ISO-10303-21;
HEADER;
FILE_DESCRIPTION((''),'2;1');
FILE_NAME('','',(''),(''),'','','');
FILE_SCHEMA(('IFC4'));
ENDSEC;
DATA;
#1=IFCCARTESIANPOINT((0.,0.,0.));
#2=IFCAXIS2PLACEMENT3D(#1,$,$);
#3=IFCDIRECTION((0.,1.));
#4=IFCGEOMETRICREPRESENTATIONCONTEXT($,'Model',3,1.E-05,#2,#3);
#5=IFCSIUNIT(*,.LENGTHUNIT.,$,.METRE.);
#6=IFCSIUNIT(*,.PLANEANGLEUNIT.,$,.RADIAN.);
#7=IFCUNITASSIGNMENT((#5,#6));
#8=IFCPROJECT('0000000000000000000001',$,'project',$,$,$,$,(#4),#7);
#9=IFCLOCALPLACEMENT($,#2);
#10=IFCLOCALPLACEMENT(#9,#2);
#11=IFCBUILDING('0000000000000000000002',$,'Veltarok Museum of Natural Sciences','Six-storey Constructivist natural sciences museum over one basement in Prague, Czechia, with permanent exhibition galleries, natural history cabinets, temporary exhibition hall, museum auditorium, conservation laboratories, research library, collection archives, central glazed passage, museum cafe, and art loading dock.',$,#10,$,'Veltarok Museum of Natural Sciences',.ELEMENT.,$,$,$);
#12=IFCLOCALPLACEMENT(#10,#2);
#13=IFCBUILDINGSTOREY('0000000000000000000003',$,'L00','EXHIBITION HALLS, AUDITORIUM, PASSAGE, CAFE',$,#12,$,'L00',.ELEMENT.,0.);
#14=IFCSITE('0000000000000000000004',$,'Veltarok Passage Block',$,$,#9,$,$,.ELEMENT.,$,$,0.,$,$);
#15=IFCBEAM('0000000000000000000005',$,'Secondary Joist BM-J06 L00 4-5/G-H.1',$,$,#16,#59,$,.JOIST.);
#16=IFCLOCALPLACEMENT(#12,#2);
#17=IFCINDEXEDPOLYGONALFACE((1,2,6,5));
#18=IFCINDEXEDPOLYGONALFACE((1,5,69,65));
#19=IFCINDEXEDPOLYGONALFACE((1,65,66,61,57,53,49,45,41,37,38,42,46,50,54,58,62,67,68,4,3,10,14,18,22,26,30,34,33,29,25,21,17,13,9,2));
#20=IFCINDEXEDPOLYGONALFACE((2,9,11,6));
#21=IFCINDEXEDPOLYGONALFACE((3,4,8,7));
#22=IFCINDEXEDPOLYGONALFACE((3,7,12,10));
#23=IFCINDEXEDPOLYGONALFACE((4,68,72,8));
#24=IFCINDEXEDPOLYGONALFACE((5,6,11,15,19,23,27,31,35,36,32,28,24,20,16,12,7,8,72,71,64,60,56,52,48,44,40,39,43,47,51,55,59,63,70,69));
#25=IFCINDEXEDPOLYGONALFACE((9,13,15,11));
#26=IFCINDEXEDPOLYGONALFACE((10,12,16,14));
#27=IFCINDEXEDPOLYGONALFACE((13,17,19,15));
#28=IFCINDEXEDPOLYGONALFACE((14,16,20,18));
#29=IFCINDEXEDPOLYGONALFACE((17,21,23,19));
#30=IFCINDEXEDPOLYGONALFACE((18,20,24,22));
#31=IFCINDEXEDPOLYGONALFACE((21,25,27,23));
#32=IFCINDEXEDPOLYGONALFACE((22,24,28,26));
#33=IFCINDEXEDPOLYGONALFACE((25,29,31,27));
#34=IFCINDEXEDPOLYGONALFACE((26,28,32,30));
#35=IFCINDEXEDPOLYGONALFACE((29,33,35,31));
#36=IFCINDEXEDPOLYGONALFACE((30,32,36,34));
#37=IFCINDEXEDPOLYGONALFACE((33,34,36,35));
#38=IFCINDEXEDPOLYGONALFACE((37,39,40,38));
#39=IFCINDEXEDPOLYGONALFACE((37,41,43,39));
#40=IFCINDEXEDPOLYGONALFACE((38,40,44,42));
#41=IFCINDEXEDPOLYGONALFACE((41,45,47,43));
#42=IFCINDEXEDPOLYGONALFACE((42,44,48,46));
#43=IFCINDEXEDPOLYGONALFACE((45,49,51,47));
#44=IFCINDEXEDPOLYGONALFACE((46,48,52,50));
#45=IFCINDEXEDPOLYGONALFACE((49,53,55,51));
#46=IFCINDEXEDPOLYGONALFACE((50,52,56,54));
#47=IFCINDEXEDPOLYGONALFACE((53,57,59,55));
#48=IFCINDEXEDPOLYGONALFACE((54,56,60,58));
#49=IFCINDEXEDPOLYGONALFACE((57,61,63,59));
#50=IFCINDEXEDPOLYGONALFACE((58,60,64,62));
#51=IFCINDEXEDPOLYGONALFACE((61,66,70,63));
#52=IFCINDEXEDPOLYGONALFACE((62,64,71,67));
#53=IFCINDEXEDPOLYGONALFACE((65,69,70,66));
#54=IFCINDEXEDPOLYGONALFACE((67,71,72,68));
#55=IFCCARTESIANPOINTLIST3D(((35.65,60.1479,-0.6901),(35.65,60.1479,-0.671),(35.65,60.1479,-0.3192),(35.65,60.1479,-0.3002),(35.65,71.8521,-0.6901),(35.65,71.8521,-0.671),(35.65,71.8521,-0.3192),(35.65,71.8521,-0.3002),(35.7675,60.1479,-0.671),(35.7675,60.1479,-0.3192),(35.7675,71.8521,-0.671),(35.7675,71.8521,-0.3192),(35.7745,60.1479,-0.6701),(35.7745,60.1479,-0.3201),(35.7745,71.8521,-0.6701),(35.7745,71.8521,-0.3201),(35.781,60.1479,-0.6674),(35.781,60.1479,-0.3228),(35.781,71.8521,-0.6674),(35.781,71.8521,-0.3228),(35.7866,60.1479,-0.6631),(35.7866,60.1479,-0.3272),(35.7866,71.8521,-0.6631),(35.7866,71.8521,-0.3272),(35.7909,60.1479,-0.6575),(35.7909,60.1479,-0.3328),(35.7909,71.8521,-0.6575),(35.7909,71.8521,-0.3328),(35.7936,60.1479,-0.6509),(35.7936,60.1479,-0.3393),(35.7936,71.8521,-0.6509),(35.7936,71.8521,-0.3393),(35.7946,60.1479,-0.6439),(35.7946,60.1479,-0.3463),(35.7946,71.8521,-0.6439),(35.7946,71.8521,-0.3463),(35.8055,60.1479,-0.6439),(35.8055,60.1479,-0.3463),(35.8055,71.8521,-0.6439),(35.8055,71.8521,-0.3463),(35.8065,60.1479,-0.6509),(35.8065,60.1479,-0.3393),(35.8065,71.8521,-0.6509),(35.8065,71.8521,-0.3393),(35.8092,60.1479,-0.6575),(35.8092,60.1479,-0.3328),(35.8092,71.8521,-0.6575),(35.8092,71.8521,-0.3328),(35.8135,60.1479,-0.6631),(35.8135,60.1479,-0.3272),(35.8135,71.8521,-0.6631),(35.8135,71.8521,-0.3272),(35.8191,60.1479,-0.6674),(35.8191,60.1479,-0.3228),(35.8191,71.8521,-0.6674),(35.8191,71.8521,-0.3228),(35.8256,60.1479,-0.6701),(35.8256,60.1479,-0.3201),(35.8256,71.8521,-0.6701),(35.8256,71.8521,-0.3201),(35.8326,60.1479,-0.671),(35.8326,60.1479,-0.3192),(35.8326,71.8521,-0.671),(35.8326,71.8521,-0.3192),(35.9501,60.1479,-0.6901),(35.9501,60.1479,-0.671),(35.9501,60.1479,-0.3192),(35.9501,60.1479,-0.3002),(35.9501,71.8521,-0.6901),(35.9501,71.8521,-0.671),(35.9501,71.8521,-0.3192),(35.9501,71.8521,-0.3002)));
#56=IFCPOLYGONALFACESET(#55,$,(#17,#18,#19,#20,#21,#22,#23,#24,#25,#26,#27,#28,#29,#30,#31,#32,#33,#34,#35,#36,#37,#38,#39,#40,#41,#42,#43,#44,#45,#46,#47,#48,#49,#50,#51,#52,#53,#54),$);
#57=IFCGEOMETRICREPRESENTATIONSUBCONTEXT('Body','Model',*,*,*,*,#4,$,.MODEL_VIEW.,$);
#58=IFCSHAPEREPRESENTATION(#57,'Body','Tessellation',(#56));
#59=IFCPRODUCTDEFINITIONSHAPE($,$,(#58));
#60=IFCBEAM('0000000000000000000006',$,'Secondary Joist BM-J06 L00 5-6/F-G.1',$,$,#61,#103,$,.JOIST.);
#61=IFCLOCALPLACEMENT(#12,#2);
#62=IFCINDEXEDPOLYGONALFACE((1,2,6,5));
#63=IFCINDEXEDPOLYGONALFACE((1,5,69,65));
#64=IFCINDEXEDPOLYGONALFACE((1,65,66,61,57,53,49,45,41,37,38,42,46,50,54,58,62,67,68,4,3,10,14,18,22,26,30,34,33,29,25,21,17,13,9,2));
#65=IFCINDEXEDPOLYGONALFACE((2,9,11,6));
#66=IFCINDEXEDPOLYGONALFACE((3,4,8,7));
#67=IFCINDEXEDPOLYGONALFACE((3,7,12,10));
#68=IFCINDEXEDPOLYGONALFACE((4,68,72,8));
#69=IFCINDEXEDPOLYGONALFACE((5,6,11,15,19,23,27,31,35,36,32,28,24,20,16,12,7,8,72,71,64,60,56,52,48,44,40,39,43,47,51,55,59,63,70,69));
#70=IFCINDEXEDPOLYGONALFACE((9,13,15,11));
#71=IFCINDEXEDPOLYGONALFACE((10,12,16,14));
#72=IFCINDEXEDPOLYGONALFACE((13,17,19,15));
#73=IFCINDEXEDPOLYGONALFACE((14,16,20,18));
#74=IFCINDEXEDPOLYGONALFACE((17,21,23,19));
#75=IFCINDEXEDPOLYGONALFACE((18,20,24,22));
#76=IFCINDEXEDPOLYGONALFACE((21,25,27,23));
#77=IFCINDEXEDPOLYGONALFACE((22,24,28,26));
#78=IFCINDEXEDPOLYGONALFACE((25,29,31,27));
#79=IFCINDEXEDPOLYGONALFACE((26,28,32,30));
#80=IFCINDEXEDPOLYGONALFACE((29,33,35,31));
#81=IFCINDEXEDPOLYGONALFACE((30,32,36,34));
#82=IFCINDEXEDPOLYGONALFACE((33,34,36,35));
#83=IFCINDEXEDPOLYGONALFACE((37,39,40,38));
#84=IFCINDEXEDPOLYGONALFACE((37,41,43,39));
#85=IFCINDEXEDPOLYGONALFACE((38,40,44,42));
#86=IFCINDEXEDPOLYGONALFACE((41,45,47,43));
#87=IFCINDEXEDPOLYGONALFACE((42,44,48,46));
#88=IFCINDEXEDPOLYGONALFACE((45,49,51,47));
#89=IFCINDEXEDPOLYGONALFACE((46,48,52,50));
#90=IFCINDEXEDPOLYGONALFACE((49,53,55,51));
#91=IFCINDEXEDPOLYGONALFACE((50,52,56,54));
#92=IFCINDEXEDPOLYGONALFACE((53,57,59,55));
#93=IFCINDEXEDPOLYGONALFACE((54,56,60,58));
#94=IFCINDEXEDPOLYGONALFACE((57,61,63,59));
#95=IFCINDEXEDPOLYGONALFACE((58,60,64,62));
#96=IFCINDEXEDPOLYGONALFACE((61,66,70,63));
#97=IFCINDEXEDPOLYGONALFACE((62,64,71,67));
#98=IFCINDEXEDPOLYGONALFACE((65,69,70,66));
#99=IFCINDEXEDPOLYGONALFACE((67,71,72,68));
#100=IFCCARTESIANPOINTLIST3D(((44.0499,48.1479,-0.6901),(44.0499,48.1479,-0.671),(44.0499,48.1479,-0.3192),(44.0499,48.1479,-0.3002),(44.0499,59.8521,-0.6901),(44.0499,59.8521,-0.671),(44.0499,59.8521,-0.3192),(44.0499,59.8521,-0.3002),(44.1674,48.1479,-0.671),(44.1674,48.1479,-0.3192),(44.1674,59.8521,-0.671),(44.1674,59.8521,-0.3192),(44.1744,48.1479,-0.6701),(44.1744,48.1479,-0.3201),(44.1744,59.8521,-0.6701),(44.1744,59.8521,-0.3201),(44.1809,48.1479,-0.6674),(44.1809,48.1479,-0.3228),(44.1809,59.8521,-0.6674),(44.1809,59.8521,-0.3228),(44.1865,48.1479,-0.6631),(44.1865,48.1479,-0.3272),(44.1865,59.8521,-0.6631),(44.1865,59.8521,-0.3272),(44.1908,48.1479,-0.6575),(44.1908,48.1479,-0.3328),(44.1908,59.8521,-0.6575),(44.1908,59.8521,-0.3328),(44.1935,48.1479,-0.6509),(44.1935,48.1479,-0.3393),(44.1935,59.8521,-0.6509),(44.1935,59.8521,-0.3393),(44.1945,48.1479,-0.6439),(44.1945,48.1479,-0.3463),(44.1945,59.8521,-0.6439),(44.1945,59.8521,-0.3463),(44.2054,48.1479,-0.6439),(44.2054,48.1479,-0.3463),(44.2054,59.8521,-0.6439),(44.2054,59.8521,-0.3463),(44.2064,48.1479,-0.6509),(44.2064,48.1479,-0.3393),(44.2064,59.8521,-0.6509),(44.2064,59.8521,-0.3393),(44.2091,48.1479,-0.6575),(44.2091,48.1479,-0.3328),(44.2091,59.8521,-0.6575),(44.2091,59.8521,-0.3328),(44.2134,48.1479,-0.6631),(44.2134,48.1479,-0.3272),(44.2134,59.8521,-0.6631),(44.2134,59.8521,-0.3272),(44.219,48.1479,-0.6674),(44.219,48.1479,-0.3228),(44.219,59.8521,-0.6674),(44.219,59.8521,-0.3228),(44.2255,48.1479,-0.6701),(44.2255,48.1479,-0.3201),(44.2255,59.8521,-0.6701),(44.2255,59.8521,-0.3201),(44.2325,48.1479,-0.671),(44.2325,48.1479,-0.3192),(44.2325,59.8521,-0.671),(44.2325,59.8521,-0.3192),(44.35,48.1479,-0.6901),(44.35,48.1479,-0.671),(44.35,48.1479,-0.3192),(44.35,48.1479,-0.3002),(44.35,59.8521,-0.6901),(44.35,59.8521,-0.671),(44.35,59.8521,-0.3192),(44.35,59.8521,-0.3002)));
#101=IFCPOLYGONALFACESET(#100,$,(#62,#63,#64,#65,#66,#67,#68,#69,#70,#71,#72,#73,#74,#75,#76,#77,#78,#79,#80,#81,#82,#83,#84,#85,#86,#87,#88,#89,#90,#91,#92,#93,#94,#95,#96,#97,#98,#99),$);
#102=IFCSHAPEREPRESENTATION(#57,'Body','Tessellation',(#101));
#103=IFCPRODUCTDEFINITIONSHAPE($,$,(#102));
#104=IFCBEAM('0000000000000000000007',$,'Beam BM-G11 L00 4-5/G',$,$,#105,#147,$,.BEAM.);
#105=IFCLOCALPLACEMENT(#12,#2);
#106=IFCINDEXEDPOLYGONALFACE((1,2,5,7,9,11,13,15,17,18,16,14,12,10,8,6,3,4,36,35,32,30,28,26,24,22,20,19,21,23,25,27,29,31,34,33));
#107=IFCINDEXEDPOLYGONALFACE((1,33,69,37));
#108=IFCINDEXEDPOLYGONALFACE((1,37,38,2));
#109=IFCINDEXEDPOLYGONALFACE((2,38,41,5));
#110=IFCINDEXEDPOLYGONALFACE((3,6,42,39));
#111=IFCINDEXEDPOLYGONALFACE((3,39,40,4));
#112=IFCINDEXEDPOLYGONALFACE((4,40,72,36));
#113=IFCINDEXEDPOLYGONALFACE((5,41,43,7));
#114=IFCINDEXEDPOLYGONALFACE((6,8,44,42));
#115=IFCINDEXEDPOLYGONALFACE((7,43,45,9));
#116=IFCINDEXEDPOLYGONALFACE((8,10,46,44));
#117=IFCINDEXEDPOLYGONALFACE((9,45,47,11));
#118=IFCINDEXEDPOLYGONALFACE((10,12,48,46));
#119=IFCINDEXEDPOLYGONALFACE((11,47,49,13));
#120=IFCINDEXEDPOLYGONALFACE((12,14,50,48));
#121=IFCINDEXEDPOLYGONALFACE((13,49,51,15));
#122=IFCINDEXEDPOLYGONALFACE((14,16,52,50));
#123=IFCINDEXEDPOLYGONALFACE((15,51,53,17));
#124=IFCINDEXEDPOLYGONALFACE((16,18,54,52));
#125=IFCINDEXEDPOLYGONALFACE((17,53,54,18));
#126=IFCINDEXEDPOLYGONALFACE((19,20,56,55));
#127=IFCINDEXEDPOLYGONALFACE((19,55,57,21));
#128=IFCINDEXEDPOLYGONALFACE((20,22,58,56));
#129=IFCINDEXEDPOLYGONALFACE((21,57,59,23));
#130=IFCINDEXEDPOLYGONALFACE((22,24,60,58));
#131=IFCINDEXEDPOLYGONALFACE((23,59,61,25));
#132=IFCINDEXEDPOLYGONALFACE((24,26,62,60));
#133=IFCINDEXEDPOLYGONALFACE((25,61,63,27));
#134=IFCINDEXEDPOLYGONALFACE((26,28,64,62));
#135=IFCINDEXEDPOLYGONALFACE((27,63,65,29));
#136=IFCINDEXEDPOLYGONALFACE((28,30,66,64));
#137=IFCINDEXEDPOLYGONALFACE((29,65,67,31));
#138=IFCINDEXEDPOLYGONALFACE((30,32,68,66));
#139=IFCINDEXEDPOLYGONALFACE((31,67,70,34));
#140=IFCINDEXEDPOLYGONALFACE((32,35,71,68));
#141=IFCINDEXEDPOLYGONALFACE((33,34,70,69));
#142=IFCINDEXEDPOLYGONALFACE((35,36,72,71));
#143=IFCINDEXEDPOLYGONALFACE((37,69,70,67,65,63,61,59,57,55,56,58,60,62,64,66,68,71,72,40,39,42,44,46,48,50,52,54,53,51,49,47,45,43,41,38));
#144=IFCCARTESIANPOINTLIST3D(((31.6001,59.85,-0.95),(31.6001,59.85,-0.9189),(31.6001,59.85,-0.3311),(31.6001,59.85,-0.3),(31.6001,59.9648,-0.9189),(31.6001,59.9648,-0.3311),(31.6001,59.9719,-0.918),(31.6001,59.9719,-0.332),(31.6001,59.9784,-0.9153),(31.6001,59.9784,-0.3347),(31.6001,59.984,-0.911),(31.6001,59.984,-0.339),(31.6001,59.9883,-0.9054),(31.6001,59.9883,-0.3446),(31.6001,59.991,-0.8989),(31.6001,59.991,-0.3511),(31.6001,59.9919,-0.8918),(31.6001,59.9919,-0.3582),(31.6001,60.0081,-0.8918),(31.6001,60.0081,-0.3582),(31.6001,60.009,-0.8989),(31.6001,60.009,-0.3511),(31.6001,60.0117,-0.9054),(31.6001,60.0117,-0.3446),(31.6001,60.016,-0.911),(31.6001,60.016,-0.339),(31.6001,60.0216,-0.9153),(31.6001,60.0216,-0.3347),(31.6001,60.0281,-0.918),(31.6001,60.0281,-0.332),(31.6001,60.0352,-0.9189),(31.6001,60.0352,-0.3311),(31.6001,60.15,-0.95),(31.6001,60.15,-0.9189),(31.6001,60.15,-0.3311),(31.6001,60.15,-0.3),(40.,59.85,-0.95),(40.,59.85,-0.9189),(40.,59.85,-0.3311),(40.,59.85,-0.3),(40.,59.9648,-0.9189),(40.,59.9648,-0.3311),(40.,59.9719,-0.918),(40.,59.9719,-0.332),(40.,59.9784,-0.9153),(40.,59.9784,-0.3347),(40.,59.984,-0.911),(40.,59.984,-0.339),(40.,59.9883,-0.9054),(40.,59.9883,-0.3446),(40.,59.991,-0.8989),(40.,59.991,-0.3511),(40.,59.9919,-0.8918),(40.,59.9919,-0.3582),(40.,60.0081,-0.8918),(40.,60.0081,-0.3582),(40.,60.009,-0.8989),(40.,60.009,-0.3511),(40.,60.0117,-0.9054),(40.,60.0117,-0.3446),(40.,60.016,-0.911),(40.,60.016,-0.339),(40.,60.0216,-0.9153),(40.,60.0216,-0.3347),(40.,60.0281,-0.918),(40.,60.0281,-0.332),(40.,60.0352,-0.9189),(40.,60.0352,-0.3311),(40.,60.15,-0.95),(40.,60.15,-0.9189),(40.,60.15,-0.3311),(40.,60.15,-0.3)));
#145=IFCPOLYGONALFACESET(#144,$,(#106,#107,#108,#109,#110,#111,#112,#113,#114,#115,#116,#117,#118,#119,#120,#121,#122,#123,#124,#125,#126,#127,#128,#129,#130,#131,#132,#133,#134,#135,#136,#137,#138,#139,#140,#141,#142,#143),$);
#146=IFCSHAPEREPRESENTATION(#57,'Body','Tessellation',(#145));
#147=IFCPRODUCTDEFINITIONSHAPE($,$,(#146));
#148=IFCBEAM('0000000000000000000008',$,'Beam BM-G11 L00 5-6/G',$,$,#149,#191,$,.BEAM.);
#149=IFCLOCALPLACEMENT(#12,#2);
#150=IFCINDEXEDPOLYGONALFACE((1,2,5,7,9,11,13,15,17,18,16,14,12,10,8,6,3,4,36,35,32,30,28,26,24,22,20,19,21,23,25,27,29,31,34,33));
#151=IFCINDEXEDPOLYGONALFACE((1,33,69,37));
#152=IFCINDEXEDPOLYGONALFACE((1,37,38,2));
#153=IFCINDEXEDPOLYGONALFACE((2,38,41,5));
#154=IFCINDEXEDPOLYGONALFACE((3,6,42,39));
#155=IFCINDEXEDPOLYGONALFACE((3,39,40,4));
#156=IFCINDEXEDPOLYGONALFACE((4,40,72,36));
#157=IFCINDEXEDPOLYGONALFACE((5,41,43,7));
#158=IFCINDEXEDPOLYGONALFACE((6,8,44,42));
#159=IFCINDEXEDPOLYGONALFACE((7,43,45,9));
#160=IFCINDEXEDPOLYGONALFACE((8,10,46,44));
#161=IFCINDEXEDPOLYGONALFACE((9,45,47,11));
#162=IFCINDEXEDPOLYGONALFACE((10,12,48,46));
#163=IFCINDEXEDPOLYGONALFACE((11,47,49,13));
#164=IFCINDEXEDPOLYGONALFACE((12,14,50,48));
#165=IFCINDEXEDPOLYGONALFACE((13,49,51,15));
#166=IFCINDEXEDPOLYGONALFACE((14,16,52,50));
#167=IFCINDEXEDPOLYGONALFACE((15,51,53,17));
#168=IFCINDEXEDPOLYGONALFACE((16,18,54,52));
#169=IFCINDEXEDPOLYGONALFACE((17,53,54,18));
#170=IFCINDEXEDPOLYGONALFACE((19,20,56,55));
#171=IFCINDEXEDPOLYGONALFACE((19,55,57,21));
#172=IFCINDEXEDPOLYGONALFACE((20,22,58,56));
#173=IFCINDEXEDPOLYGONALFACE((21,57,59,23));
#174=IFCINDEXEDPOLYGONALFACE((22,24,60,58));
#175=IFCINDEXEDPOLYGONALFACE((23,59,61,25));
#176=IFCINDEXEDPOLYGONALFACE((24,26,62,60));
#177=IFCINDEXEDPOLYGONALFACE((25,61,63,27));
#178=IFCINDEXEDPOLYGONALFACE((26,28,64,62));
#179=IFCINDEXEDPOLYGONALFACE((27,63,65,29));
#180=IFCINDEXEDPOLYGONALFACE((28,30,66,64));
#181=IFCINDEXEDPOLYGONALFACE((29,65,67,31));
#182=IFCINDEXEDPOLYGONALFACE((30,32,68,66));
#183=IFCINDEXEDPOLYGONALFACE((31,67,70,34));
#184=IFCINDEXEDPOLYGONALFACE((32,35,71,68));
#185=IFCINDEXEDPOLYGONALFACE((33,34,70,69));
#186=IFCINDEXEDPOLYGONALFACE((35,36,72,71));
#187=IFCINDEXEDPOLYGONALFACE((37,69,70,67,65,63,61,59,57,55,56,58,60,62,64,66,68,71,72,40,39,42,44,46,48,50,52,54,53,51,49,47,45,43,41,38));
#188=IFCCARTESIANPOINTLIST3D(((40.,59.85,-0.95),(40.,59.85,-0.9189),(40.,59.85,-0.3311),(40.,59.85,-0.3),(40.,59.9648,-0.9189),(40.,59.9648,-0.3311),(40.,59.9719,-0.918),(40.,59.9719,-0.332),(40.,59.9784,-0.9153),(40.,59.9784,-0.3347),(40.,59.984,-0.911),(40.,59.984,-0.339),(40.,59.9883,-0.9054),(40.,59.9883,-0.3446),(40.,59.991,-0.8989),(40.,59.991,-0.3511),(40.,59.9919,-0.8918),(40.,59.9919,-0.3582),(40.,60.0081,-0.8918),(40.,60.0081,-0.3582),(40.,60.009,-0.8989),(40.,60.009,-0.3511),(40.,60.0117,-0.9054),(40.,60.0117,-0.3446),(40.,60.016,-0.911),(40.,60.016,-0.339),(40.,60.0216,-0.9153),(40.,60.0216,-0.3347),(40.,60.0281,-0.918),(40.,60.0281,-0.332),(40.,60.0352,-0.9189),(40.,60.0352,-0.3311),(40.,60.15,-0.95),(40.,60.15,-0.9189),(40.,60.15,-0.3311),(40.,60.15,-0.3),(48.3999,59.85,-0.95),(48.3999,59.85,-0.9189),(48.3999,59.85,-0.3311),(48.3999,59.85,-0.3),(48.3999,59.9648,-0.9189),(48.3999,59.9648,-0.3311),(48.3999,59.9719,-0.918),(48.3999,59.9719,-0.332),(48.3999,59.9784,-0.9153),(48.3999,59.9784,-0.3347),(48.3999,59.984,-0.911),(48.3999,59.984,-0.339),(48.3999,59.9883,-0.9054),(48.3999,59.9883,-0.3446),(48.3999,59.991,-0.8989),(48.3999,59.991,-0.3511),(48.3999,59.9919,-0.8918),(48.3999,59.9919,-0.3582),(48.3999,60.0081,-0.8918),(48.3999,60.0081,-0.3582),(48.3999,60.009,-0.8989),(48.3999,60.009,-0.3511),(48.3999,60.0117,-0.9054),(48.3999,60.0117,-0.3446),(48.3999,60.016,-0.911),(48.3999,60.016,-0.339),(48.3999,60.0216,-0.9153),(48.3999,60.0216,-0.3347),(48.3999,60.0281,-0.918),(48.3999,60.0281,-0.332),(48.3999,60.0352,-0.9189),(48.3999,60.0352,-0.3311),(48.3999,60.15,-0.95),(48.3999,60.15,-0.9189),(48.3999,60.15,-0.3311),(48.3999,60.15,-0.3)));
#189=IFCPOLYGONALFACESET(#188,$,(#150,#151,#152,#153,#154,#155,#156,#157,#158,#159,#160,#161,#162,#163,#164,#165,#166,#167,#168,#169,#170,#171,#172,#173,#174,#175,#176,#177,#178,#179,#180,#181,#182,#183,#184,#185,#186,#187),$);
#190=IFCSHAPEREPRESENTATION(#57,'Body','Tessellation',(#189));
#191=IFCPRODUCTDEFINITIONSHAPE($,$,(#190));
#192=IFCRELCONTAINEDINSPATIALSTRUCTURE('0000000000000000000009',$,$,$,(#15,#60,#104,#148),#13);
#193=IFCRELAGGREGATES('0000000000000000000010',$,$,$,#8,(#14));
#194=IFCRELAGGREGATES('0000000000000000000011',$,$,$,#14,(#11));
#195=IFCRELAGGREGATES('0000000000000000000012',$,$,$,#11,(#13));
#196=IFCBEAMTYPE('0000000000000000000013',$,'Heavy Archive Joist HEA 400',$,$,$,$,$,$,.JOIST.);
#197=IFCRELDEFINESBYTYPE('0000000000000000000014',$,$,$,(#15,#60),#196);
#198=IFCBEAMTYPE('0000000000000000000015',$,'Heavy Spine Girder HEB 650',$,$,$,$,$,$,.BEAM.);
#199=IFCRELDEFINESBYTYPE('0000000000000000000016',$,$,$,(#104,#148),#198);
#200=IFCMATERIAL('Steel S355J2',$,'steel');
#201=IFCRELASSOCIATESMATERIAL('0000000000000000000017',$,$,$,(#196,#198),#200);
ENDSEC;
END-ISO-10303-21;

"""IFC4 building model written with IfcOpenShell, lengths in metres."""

from ifc_helpers import new_model, si_unit, direction, frame, origin, origin_2d, place, context, subcontext, project, spatial, i_section, extrude, material, material_profile, profile_set, type_object, element, save


model = new_model("IFC4")

# Units and contexts
model_context = context("Model", 3, precision=1e-05, world=origin(), true_north=direction((0.0, 1.0)))
body_context = subcontext(model_context, "Body", "Model", "MODEL_VIEW")
ifc_project = project(units=[si_unit("LENGTHUNIT", "METRE"), si_unit("PLANEANGLEUNIT", "RADIAN")], contexts=[model_context])

# Site, building, storey
site_placement = place(None, origin())
site = spatial("IfcSite", under=ifc_project, at=site_placement, Name="Veltarok Passage Block", CompositionType="ELEMENT", RefElevation=0.0)
building_placement = place(site_placement, origin())
building = spatial("IfcBuilding", under=site, at=building_placement, Name="Veltarok Museum of Natural Sciences", Description="Six-storey Constructivist natural sciences museum over one basement in Prague, Czechia, with permanent exhibition galleries, natural history cabinets, temporary exhibition hall, museum auditorium, conservation laboratories, research library, collection archives, central glazed passage, museum cafe, and art loading dock.", LongName="Veltarok Museum of Natural Sciences", CompositionType="ELEMENT")
storey_placement = place(building_placement, origin())
storey = spatial("IfcBuildingStorey", under=building, at=storey_placement, Name="L00", Description="EXHIBITION HALLS, AUDITORIUM, PASSAGE, CAFE", LongName="L00", CompositionType="ELEMENT", Elevation=0.0)

# Shared definitions
ifc_material_1 = material(Name="Steel S355J2", Category="steel")

# Beams
ifc_material_profile_1 = material_profile(ifc_material_1, i_section(OverallWidth=0.3, OverallDepth=0.3899, WebThickness=0.011, FlangeThickness=0.019, FilletRadius=0.0271, at=origin_2d()), Name="HEA 400")
ifc_profile_set_1 = profile_set([ifc_material_profile_1], Name="Steel S355J2")
beam_type_1 = type_object("IfcBeamType", Name="Heavy Archive Joist HEA 400", PredefinedType="JOIST", material=ifc_profile_set_1)
for number, where, z_axis, x_axis, name in (
    (1, (35.8, 60.1479, -0.4951), (0.0, 1.0, 0.0), (-1.0, 0.0, 0.0), "Secondary Joist BM-J06 L00 4-5/G-H.1"),
    (2, (44.2, 48.1479, -0.4951), (0.0, 1.0, 0.0), (-1.0, 0.0, 0.0), "Secondary Joist BM-J06 L00 5-6/F-G.1"),
):
    element("IfcBeam", number, at=place(storey_placement, frame(where, z_axis=z_axis, x_axis=x_axis)), inside=storey, type_object=beam_type_1, Name=name, PredefinedType="JOIST", context=body_context, shape_type="SweptSolid", body=[
        extrude(i_section(OverallWidth=0.3, OverallDepth=0.3899, WebThickness=0.011, FlangeThickness=0.019, FilletRadius=0.0271, at=origin_2d()), origin(), (0.0, 0.0, 1.0), 11.7041),
    ])
ifc_material_profile_2 = material_profile(ifc_material_1, i_section(OverallWidth=0.3, OverallDepth=0.6499, WebThickness=0.0161, FlangeThickness=0.031, FilletRadius=0.0271, at=origin_2d()), Name="HEB 650")
ifc_profile_set_2 = profile_set([ifc_material_profile_2], Name="Steel S355J2")
beam_type_2 = type_object("IfcBeamType", Name="Heavy Spine Girder HEB 650", PredefinedType="BEAM", material=ifc_profile_set_2)
for number, where, z_axis, x_axis, name in (
    (3, (31.6001, 60.0, -0.625), (1.0, 0.0, 0.0), (0.0, 1.0, 0.0), "Beam BM-G11 L00 4-5/G"),
    (4, (40.0, 60.0, -0.625), (1.0, 0.0, 0.0), (0.0, 1.0, 0.0), "Beam BM-G11 L00 5-6/G"),
):
    element("IfcBeam", number, at=place(storey_placement, frame(where, z_axis=z_axis, x_axis=x_axis)), inside=storey, type_object=beam_type_2, Name=name, PredefinedType="BEAM", context=body_context, shape_type="SweptSolid", body=[
        extrude(i_section(OverallWidth=0.3, OverallDepth=0.6499, WebThickness=0.0161, FlangeThickness=0.031, FilletRadius=0.0271, at=origin_2d()), origin(), (0.0, 0.0, 1.0), 8.3999),
    ])

save(model, "model.ifc")
